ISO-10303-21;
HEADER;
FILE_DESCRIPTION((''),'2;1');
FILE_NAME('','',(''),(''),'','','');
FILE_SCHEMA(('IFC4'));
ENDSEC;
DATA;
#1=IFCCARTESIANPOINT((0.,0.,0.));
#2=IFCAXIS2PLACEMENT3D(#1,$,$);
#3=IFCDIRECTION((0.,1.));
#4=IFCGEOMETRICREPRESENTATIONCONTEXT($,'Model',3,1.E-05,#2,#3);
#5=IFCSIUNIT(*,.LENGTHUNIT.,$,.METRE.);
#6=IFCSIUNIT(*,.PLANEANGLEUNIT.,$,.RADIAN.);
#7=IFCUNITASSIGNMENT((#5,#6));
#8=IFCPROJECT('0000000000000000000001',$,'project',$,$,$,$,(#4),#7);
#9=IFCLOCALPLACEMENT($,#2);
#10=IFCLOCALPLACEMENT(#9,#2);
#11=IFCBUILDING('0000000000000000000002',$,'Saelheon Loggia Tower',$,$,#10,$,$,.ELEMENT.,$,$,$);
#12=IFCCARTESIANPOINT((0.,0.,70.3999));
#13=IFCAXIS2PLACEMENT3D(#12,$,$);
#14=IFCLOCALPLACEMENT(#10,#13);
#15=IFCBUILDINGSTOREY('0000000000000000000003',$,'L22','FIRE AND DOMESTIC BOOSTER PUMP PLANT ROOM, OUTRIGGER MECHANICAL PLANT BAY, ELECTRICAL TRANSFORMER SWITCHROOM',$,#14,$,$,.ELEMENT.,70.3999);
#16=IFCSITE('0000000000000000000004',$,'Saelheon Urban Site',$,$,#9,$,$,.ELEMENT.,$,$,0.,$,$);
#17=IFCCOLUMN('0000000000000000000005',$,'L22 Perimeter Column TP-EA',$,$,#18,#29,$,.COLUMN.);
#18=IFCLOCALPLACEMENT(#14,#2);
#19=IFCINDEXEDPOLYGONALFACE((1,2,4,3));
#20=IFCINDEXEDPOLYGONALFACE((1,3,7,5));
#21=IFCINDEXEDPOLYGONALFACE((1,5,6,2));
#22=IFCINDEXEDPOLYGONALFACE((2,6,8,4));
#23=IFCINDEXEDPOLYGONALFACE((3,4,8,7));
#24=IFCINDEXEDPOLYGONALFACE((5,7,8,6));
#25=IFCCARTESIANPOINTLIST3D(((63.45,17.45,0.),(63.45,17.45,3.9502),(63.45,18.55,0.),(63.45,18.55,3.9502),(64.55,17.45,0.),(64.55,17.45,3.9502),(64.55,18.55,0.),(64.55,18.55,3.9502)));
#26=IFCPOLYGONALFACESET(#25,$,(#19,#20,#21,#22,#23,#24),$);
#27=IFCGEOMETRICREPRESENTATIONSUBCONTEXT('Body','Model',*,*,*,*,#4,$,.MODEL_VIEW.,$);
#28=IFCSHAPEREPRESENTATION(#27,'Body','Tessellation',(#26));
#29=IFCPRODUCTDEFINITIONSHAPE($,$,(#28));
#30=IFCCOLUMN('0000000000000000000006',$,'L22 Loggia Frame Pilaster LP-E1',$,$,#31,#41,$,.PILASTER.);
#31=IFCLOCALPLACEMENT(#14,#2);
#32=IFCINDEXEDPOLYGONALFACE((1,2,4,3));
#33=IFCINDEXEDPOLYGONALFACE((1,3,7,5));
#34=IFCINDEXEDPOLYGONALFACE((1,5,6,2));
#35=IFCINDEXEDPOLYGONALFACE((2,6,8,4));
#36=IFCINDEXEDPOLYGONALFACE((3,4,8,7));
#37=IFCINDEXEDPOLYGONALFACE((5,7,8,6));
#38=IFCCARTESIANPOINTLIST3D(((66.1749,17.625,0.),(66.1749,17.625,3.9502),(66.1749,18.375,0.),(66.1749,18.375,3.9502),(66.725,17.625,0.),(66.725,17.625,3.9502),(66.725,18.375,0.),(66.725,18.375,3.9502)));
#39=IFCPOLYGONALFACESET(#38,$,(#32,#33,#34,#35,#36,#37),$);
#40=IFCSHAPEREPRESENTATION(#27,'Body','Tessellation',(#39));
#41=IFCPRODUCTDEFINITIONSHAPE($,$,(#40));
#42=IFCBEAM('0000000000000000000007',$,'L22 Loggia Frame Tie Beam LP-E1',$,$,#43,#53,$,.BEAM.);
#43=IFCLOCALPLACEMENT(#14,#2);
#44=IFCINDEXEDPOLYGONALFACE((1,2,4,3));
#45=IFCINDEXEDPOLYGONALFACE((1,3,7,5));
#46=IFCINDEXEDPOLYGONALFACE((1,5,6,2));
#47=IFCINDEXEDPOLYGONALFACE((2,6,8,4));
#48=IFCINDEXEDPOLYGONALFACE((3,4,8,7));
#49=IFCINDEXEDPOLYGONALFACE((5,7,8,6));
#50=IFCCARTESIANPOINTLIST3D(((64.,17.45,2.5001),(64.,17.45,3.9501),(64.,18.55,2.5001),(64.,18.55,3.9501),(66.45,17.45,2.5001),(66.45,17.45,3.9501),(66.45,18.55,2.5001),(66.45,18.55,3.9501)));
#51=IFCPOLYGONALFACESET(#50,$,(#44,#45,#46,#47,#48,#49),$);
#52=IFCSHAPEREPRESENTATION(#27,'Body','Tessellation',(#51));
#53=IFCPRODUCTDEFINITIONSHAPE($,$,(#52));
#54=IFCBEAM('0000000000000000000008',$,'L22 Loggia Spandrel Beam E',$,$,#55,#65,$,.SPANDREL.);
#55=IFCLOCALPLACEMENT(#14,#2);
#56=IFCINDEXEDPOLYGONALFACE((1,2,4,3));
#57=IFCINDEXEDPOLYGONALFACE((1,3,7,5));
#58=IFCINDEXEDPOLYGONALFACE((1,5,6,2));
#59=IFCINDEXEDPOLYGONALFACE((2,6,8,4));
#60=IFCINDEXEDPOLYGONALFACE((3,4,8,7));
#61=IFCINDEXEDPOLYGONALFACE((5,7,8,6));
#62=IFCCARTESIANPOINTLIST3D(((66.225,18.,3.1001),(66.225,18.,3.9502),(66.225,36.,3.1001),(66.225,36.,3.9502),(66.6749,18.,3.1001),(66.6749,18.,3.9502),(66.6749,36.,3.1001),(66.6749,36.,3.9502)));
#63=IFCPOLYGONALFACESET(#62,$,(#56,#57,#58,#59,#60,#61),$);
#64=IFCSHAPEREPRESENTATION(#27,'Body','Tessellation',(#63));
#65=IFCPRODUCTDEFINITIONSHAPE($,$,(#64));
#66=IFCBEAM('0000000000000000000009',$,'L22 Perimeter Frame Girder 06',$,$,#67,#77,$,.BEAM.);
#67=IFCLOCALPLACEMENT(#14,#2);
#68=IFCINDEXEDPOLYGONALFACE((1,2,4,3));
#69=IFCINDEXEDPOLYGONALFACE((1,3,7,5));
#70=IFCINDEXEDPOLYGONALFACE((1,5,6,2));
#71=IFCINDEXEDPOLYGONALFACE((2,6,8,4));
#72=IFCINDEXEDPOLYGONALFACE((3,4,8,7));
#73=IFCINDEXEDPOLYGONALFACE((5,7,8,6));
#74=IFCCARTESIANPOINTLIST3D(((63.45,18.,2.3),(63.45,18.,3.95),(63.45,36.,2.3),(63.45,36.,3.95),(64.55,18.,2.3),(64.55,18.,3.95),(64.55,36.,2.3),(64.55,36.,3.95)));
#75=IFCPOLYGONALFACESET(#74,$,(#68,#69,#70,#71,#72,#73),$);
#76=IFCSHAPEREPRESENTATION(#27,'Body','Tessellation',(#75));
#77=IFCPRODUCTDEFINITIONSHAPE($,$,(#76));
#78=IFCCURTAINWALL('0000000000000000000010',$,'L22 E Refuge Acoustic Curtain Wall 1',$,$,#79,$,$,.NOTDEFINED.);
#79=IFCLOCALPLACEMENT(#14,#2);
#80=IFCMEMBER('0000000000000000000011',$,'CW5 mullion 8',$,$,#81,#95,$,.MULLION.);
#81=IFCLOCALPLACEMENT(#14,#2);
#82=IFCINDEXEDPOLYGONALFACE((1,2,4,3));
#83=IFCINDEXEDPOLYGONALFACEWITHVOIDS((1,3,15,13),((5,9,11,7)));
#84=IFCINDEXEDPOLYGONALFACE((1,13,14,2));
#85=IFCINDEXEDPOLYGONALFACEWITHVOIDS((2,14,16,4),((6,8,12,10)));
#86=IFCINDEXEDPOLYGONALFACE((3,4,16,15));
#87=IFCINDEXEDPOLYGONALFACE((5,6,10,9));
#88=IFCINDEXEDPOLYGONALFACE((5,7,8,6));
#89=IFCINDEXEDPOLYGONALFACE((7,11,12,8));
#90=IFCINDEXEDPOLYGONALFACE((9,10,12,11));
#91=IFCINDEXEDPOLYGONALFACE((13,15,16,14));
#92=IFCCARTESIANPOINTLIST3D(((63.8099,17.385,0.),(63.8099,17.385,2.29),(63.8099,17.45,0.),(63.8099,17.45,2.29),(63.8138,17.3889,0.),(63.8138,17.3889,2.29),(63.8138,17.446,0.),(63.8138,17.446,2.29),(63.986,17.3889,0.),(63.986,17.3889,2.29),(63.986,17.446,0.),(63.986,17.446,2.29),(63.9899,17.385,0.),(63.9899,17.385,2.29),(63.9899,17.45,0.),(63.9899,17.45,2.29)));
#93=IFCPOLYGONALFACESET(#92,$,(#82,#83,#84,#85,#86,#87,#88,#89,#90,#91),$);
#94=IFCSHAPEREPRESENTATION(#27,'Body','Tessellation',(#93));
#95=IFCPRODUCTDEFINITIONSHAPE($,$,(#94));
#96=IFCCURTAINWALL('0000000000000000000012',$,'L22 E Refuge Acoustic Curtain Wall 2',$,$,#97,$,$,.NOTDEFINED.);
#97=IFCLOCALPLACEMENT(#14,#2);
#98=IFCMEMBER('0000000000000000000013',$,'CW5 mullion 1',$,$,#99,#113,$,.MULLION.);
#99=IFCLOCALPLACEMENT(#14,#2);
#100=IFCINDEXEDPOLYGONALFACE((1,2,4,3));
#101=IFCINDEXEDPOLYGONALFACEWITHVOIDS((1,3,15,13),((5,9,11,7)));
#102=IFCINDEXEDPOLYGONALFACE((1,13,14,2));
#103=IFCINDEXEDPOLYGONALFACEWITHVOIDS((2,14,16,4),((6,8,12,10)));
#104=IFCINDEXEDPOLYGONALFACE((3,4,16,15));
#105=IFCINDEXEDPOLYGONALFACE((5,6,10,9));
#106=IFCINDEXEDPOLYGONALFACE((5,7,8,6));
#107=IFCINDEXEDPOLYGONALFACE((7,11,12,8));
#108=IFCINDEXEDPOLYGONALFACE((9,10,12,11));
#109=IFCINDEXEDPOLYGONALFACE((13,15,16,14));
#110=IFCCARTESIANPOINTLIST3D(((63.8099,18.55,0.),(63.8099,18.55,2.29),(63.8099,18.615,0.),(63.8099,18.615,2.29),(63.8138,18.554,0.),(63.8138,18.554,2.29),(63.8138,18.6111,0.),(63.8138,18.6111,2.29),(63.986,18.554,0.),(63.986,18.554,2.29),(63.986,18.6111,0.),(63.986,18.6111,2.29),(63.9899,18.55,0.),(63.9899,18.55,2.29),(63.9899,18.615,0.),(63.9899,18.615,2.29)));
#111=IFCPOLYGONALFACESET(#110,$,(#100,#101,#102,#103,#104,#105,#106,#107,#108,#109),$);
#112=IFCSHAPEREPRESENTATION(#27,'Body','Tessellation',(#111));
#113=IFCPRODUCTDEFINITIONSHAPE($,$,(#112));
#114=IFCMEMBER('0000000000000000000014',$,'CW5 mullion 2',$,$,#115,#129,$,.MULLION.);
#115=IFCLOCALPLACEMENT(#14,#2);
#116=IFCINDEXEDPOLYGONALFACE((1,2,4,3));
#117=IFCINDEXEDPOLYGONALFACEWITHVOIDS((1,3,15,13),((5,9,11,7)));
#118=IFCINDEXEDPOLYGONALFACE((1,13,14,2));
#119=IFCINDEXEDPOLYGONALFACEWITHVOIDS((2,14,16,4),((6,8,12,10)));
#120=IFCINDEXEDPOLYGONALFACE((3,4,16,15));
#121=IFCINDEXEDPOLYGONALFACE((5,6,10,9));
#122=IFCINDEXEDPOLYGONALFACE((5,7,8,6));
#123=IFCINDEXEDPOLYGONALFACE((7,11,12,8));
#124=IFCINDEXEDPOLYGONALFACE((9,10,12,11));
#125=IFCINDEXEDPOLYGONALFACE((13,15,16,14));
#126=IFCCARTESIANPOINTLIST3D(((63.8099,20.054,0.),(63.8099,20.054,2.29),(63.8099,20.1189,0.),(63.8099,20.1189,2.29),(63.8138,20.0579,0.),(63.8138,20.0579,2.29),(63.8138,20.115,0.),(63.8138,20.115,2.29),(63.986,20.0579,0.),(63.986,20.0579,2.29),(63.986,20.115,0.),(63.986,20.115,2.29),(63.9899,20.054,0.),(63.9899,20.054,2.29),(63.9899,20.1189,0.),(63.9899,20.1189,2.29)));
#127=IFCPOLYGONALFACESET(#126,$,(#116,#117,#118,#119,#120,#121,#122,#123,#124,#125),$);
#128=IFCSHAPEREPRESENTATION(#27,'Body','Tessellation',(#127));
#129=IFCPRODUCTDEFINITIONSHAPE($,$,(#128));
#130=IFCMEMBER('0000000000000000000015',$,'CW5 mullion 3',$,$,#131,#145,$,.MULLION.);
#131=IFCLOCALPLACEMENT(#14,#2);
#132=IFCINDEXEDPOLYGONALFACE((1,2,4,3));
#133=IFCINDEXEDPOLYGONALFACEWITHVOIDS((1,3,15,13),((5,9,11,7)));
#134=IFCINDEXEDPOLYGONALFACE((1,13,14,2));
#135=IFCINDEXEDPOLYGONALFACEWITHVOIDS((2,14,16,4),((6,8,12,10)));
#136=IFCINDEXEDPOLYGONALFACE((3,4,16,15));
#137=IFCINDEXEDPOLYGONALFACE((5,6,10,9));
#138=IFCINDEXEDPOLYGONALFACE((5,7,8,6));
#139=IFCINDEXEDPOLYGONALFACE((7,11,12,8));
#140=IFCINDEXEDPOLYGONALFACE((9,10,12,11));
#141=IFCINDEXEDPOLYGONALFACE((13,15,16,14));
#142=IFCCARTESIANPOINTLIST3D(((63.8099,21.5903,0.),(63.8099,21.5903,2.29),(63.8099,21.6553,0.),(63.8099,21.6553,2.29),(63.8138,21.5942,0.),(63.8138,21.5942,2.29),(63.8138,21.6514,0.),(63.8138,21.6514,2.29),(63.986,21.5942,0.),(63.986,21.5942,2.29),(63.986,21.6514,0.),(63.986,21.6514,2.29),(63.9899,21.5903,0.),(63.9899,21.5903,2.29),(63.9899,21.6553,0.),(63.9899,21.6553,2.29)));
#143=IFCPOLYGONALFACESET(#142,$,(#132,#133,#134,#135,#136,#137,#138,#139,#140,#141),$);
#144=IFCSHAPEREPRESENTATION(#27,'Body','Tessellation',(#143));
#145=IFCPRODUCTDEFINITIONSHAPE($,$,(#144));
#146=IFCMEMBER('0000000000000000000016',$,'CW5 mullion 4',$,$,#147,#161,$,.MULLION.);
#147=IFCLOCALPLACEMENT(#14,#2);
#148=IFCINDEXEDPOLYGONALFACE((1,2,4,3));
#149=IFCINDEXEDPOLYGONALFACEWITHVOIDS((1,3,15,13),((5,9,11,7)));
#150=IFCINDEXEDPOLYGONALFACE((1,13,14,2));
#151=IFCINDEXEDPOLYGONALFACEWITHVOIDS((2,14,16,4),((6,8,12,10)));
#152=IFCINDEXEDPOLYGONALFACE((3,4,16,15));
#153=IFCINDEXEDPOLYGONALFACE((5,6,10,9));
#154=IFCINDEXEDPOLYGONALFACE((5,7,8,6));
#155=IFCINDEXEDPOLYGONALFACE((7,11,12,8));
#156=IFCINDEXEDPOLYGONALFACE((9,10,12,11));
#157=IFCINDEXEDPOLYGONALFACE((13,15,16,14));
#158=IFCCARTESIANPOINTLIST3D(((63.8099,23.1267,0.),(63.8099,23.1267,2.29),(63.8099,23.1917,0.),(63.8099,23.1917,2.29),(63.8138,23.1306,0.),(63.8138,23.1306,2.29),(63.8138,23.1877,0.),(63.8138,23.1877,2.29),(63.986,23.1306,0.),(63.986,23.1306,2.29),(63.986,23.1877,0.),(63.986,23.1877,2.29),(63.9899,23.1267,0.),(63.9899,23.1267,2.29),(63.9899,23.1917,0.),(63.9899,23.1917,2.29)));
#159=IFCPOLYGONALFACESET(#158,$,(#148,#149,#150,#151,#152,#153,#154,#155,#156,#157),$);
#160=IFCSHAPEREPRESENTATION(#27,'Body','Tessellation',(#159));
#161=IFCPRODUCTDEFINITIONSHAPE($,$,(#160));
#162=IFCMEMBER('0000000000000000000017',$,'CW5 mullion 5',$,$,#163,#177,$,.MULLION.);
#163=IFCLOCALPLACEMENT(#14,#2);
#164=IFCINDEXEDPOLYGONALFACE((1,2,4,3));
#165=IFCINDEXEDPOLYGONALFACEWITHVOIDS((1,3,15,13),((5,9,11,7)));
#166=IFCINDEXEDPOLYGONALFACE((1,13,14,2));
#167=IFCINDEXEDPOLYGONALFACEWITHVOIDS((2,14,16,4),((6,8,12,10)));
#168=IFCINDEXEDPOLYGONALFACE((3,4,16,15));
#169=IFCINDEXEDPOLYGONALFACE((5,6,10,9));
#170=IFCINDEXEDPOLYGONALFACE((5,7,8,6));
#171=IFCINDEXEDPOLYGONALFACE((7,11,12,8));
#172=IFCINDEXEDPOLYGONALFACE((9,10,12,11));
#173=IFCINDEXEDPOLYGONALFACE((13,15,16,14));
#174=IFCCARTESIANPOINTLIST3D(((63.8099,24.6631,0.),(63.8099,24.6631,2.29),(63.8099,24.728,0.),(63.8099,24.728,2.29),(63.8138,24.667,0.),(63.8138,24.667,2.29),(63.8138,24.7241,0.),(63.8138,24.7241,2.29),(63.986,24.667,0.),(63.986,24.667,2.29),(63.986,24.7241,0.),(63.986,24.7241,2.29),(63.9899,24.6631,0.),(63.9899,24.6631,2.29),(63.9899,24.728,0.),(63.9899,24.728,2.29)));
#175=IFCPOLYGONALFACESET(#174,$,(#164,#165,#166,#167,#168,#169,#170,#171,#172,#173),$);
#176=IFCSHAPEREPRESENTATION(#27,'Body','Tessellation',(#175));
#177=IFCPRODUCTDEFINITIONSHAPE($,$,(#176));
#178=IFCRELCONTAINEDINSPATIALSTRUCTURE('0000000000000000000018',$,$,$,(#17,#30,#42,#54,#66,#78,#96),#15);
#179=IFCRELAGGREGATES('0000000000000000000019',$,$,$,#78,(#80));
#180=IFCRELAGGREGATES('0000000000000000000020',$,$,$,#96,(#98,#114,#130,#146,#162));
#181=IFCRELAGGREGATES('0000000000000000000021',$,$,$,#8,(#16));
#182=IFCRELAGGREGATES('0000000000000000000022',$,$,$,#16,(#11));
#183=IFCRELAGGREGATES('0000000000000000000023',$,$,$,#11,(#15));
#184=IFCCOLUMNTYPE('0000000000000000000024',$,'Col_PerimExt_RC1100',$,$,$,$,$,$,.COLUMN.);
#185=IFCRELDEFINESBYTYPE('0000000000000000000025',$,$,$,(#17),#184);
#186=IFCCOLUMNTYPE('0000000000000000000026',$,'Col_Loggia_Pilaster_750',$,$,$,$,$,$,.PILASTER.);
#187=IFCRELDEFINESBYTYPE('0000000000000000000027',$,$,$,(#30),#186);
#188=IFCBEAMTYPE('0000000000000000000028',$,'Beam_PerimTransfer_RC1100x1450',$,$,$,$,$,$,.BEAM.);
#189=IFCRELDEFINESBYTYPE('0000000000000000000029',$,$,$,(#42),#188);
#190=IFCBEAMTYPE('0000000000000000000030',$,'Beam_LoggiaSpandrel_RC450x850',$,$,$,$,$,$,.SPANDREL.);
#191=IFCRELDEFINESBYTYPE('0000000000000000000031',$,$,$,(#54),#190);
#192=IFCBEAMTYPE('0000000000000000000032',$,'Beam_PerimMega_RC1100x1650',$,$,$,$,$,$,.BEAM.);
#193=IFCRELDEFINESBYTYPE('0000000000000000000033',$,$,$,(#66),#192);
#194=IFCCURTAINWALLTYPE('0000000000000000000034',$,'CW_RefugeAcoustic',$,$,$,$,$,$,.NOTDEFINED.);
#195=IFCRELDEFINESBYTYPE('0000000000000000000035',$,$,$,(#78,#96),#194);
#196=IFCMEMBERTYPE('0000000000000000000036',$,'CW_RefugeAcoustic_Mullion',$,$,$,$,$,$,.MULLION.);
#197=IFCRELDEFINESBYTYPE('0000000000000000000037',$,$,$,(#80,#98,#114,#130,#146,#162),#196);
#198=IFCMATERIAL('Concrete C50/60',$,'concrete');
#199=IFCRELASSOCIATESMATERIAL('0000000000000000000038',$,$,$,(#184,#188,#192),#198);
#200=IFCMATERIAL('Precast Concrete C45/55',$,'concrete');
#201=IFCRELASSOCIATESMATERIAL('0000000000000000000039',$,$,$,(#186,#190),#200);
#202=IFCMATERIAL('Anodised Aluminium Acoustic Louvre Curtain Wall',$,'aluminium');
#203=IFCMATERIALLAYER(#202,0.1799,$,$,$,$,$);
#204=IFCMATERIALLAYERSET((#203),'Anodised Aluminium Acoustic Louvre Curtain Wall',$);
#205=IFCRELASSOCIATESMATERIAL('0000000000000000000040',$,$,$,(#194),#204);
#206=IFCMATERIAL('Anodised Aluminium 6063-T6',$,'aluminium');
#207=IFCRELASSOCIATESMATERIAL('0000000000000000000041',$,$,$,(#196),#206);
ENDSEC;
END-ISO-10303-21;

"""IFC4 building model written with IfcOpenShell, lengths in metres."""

from ifc_helpers import new_model, si_unit, direction, frame, origin, origin_2d, place, context, subcontext, project, spatial, rectangle, hollow_rectangle, extrude, source, transform, mapped, material, layer, layer_set, material_profile, profile_set, type_object, element, aggregate, save


model = new_model("IFC4")

# Units and contexts
model_context = context("Model", 3, precision=1e-05, world=origin(), true_north=direction((0.0, 1.0)))
body_context = subcontext(model_context, "Body", "Model", "MODEL_VIEW")
ifc_project = project(units=[si_unit("LENGTHUNIT", "METRE"), si_unit("PLANEANGLEUNIT", "RADIAN")], contexts=[model_context])

# Site, building, storey
site_placement = place(None, origin())
site = spatial("IfcSite", under=ifc_project, at=site_placement, Name="Saelheon Urban Site", CompositionType="ELEMENT", RefElevation=0.0)
building_placement = place(site_placement, origin())
building = spatial("IfcBuilding", under=site, at=building_placement, Name="Saelheon Loggia Tower", CompositionType="ELEMENT")
storey_placement = place(building_placement, frame((0.0, 0.0, 70.3999)))
storey = spatial("IfcBuildingStorey", under=building, at=storey_placement, Name="L22", Description="FIRE AND DOMESTIC BOOSTER PUMP PLANT ROOM, OUTRIGGER MECHANICAL PLANT BAY, ELECTRICAL TRANSFORMER SWITCHROOM", CompositionType="ELEMENT", Elevation=70.3999)

# Columns
ifc_material_1 = material(Name="Concrete C50/60", Category="concrete")
ifc_material_profile_1 = material_profile(ifc_material_1, rectangle(XDim=1.1001, YDim=1.1001, at=origin_2d()), Name="RC-1100x1100")
ifc_profile_set_1 = profile_set([ifc_material_profile_1], Name="Concrete C50/60")
column_type_1 = type_object("IfcColumnType", Name="Col_PerimExt_RC1100", PredefinedType="COLUMN", material=ifc_profile_set_1)
shared_shape_1 = source(origin(), body_context, "Body", "SweptSolid", [
    extrude(rectangle(XDim=1.1001, YDim=1.1001, at=origin_2d()), origin(), (0.0, 0.0, 1.0), 3.9502),
])
column_1_placement = place(storey_placement, frame((64.0, 18.0, 0.0), z_axis=(0.0, 0.0, 1.0), x_axis=(1.0, 0.0, 0.0)))
element("IfcColumn", 1, at=column_1_placement, inside=storey, type_object=column_type_1, Name="L22 Perimeter Column TP-EA", PredefinedType="COLUMN", context=body_context, shape_type="MappedRepresentation", body=[
    mapped(shared_shape_1, transform((0.0, 0.0, 0.0), scale=1.0)),
])
ifc_material_2 = material(Name="Precast Concrete C45/55", Category="concrete")
ifc_material_profile_2 = material_profile(ifc_material_2, rectangle(XDim=0.55, YDim=0.75, at=origin_2d()), Name="RC-550x750")
ifc_profile_set_2 = profile_set([ifc_material_profile_2], Name="Precast Concrete C45/55")
column_type_2 = type_object("IfcColumnType", Name="Col_Loggia_Pilaster_750", PredefinedType="PILASTER", material=ifc_profile_set_2)
shared_shape_2 = source(origin(), body_context, "Body", "SweptSolid", [
    extrude(rectangle(XDim=0.55, YDim=0.75, at=origin_2d()), origin(), (0.0, 0.0, 1.0), 3.9502),
])
column_2_placement = place(storey_placement, frame((66.45, 18.0, 0.0), z_axis=(0.0, 0.0, 1.0), x_axis=(1.0, 0.0, 0.0)))
element("IfcColumn", 2, at=column_2_placement, inside=storey, type_object=column_type_2, Name="L22 Loggia Frame Pilaster LP-E1", PredefinedType="PILASTER", context=body_context, shape_type="MappedRepresentation", body=[
    mapped(shared_shape_2, transform((0.0, 0.0, 0.0), scale=1.0)),
])

# Beams
ifc_material_profile_3 = material_profile(ifc_material_1, rectangle(XDim=1.1001, YDim=1.45, at=origin_2d()), Name="RC-1100x1450")
ifc_profile_set_3 = profile_set([ifc_material_profile_3], Name="Concrete C50/60")
beam_type_1 = type_object("IfcBeamType", Name="Beam_PerimTransfer_RC1100x1450", PredefinedType="BEAM", material=ifc_profile_set_3)
shared_shape_3 = source(origin(), body_context, "Body", "SweptSolid", [
    extrude(rectangle(XDim=1.1001, YDim=1.45, at=origin_2d()), origin(), (0.0, 0.0, 1.0), 2.45),
])
beam_1_placement = place(storey_placement, frame((64.0, 18.0, 3.2251), z_axis=(1.0, 0.0, 0.0), x_axis=(0.0, 1.0, 0.0)))
element("IfcBeam", 3, at=beam_1_placement, inside=storey, type_object=beam_type_1, Name="L22 Loggia Frame Tie Beam LP-E1", PredefinedType="BEAM", context=body_context, shape_type="MappedRepresentation", body=[
    mapped(shared_shape_3, transform((0.0, 0.0, 0.0), scale=1.0)),
])
ifc_material_profile_4 = material_profile(ifc_material_2, rectangle(XDim=0.45, YDim=0.8501, at=origin_2d()), Name="RC-450x850")
ifc_profile_set_4 = profile_set([ifc_material_profile_4], Name="Precast Concrete C45/55")
beam_type_2 = type_object("IfcBeamType", Name="Beam_LoggiaSpandrel_RC450x850", PredefinedType="SPANDREL", material=ifc_profile_set_4)
shared_shape_4 = source(origin(), body_context, "Body", "SweptSolid", [
    extrude(rectangle(XDim=0.45, YDim=0.8501, at=origin_2d()), origin(), (0.0, 0.0, 1.0), 18.0),
])
beam_2_placement = place(storey_placement, frame((66.45, 18.0, 3.5251), z_axis=(0.0, 1.0, 0.0), x_axis=(-1.0, 0.0, 0.0)))
element("IfcBeam", 4, at=beam_2_placement, inside=storey, type_object=beam_type_2, Name="L22 Loggia Spandrel Beam E", PredefinedType="SPANDREL", context=body_context, shape_type="MappedRepresentation", body=[
    mapped(shared_shape_4, transform((0.0, 0.0, 0.0), scale=1.0)),
])
ifc_material_profile_5 = material_profile(ifc_material_1, rectangle(XDim=1.1001, YDim=1.6499, at=origin_2d()), Name="RC-1100x1650")
ifc_profile_set_5 = profile_set([ifc_material_profile_5], Name="Concrete C50/60")
beam_type_3 = type_object("IfcBeamType", Name="Beam_PerimMega_RC1100x1650", PredefinedType="BEAM", material=ifc_profile_set_5)
shared_shape_5 = source(origin(), body_context, "Body", "SweptSolid", [
    extrude(rectangle(XDim=1.1001, YDim=1.6499, at=origin_2d()), origin(), (0.0, 0.0, 1.0), 18.0),
])
beam_3_placement = place(storey_placement, frame((64.0, 18.0, 3.125), z_axis=(0.0, 1.0, 0.0), x_axis=(-1.0, 0.0, 0.0)))
element("IfcBeam", 5, at=beam_3_placement, inside=storey, type_object=beam_type_3, Name="L22 Perimeter Frame Girder 06", PredefinedType="BEAM", context=body_context, shape_type="MappedRepresentation", body=[
    mapped(shared_shape_5, transform((0.0, 0.0, 0.0), scale=1.0)),
])

# Curtain wall, member
ifc_material_3 = material(Name="Anodised Aluminium Acoustic Louvre Curtain Wall", Category="aluminium")
ifc_layer_1 = layer(ifc_material_3, 0.1799)
ifc_layer_set_1 = layer_set([ifc_layer_1], Name="Anodised Aluminium Acoustic Louvre Curtain Wall")
curtain_wall_type = type_object("IfcCurtainWallType", Name="CW_RefugeAcoustic", PredefinedType="NOTDEFINED", material=ifc_layer_set_1)
curtain_wall_1_placement = place(storey_placement, origin())
curtain_wall_1 = element("IfcCurtainWall", 6, at=curtain_wall_1_placement, inside=storey, type_object=curtain_wall_type, Name="L22 E Refuge Acoustic Curtain Wall 1", PredefinedType="NOTDEFINED")
ifc_material_4 = material(Name="Anodised Aluminium 6063-T6", Category="aluminium")
ifc_material_profile_6 = material_profile(ifc_material_4, hollow_rectangle(XDim=0.0649, YDim=0.1799, WallThickness=0.0039, at=origin_2d()), Name="RHS-180x65x4")
ifc_profile_set_6 = profile_set([ifc_material_profile_6], Name="Anodised Aluminium 6063-T6")
member_type_1 = type_object("IfcMemberType", Name="CW_RefugeAcoustic_Mullion", PredefinedType="MULLION", material=ifc_profile_set_6)
shared_shape_6 = source(origin(), body_context, "Body", "SweptSolid", [
    extrude(hollow_rectangle(XDim=0.0649, YDim=0.1799, WallThickness=0.0039, at=origin_2d()), origin(), (0.0, 0.0, 1.0), 2.29),
])
member_1_placement = place(storey_placement, frame((63.8999, 17.4175, 0.0), z_axis=(0.0, 0.0, 1.0), x_axis=(0.0, 1.0, 0.0)))
member_1 = element("IfcMember", 7, at=member_1_placement, type_object=member_type_1, Name="CW5 mullion 8", PredefinedType="MULLION", context=body_context, shape_type="MappedRepresentation", body=[
    mapped(shared_shape_6, transform((0.0, 0.0, 0.0), scale=1.0)),
])
aggregate(curtain_wall_1, [member_1])

# Curtain wall, members
curtain_wall_2_placement = place(storey_placement, origin())
curtain_wall_2 = element("IfcCurtainWall", 8, at=curtain_wall_2_placement, inside=storey, type_object=curtain_wall_type, Name="L22 E Refuge Acoustic Curtain Wall 2", PredefinedType="NOTDEFINED")
member_2_placement = place(storey_placement, frame((63.8999, 18.5825, 0.0), z_axis=(0.0, 0.0, 1.0), x_axis=(0.0, 1.0, 0.0)))
member_2 = element("IfcMember", 9, at=member_2_placement, type_object=member_type_1, Name="CW5 mullion 1", PredefinedType="MULLION", context=body_context, shape_type="MappedRepresentation", body=[
    mapped(shared_shape_6, transform((0.0, 0.0, 0.0), scale=1.0)),
])
member_3_placement = place(storey_placement, frame((63.8999, 20.0864, 0.0), z_axis=(0.0, 0.0, 1.0), x_axis=(0.0, 1.0, 0.0)))
member_3 = element("IfcMember", 10, at=member_3_placement, type_object=member_type_1, Name="CW5 mullion 2", PredefinedType="MULLION", context=body_context, shape_type="MappedRepresentation", body=[
    mapped(shared_shape_6, transform((0.0, 0.0, 0.0), scale=1.0)),
])
member_4_placement = place(storey_placement, frame((63.8999, 21.6228, 0.0), z_axis=(0.0, 0.0, 1.0), x_axis=(0.0, 1.0, 0.0)))
member_4 = element("IfcMember", 11, at=member_4_placement, type_object=member_type_1, Name="CW5 mullion 3", PredefinedType="MULLION", context=body_context, shape_type="MappedRepresentation", body=[
    mapped(shared_shape_6, transform((0.0, 0.0, 0.0), scale=1.0)),
])
member_5_placement = place(storey_placement, frame((63.8999, 23.1592, 0.0), z_axis=(0.0, 0.0, 1.0), x_axis=(0.0, 1.0, 0.0)))
member_5 = element("IfcMember", 12, at=member_5_placement, type_object=member_type_1, Name="CW5 mullion 4", PredefinedType="MULLION", context=body_context, shape_type="MappedRepresentation", body=[
    mapped(shared_shape_6, transform((0.0, 0.0, 0.0), scale=1.0)),
])
member_6_placement = place(storey_placement, frame((63.8999, 24.6956, 0.0), z_axis=(0.0, 0.0, 1.0), x_axis=(0.0, 1.0, 0.0)))
member_6 = element("IfcMember", 13, at=member_6_placement, type_object=member_type_1, Name="CW5 mullion 5", PredefinedType="MULLION", context=body_context, shape_type="MappedRepresentation", body=[
    mapped(shared_shape_6, transform((0.0, 0.0, 0.0), scale=1.0)),
])

aggregate(curtain_wall_2, [member_2, member_3, member_4, member_5, member_6])

save(model, "model.ifc")
